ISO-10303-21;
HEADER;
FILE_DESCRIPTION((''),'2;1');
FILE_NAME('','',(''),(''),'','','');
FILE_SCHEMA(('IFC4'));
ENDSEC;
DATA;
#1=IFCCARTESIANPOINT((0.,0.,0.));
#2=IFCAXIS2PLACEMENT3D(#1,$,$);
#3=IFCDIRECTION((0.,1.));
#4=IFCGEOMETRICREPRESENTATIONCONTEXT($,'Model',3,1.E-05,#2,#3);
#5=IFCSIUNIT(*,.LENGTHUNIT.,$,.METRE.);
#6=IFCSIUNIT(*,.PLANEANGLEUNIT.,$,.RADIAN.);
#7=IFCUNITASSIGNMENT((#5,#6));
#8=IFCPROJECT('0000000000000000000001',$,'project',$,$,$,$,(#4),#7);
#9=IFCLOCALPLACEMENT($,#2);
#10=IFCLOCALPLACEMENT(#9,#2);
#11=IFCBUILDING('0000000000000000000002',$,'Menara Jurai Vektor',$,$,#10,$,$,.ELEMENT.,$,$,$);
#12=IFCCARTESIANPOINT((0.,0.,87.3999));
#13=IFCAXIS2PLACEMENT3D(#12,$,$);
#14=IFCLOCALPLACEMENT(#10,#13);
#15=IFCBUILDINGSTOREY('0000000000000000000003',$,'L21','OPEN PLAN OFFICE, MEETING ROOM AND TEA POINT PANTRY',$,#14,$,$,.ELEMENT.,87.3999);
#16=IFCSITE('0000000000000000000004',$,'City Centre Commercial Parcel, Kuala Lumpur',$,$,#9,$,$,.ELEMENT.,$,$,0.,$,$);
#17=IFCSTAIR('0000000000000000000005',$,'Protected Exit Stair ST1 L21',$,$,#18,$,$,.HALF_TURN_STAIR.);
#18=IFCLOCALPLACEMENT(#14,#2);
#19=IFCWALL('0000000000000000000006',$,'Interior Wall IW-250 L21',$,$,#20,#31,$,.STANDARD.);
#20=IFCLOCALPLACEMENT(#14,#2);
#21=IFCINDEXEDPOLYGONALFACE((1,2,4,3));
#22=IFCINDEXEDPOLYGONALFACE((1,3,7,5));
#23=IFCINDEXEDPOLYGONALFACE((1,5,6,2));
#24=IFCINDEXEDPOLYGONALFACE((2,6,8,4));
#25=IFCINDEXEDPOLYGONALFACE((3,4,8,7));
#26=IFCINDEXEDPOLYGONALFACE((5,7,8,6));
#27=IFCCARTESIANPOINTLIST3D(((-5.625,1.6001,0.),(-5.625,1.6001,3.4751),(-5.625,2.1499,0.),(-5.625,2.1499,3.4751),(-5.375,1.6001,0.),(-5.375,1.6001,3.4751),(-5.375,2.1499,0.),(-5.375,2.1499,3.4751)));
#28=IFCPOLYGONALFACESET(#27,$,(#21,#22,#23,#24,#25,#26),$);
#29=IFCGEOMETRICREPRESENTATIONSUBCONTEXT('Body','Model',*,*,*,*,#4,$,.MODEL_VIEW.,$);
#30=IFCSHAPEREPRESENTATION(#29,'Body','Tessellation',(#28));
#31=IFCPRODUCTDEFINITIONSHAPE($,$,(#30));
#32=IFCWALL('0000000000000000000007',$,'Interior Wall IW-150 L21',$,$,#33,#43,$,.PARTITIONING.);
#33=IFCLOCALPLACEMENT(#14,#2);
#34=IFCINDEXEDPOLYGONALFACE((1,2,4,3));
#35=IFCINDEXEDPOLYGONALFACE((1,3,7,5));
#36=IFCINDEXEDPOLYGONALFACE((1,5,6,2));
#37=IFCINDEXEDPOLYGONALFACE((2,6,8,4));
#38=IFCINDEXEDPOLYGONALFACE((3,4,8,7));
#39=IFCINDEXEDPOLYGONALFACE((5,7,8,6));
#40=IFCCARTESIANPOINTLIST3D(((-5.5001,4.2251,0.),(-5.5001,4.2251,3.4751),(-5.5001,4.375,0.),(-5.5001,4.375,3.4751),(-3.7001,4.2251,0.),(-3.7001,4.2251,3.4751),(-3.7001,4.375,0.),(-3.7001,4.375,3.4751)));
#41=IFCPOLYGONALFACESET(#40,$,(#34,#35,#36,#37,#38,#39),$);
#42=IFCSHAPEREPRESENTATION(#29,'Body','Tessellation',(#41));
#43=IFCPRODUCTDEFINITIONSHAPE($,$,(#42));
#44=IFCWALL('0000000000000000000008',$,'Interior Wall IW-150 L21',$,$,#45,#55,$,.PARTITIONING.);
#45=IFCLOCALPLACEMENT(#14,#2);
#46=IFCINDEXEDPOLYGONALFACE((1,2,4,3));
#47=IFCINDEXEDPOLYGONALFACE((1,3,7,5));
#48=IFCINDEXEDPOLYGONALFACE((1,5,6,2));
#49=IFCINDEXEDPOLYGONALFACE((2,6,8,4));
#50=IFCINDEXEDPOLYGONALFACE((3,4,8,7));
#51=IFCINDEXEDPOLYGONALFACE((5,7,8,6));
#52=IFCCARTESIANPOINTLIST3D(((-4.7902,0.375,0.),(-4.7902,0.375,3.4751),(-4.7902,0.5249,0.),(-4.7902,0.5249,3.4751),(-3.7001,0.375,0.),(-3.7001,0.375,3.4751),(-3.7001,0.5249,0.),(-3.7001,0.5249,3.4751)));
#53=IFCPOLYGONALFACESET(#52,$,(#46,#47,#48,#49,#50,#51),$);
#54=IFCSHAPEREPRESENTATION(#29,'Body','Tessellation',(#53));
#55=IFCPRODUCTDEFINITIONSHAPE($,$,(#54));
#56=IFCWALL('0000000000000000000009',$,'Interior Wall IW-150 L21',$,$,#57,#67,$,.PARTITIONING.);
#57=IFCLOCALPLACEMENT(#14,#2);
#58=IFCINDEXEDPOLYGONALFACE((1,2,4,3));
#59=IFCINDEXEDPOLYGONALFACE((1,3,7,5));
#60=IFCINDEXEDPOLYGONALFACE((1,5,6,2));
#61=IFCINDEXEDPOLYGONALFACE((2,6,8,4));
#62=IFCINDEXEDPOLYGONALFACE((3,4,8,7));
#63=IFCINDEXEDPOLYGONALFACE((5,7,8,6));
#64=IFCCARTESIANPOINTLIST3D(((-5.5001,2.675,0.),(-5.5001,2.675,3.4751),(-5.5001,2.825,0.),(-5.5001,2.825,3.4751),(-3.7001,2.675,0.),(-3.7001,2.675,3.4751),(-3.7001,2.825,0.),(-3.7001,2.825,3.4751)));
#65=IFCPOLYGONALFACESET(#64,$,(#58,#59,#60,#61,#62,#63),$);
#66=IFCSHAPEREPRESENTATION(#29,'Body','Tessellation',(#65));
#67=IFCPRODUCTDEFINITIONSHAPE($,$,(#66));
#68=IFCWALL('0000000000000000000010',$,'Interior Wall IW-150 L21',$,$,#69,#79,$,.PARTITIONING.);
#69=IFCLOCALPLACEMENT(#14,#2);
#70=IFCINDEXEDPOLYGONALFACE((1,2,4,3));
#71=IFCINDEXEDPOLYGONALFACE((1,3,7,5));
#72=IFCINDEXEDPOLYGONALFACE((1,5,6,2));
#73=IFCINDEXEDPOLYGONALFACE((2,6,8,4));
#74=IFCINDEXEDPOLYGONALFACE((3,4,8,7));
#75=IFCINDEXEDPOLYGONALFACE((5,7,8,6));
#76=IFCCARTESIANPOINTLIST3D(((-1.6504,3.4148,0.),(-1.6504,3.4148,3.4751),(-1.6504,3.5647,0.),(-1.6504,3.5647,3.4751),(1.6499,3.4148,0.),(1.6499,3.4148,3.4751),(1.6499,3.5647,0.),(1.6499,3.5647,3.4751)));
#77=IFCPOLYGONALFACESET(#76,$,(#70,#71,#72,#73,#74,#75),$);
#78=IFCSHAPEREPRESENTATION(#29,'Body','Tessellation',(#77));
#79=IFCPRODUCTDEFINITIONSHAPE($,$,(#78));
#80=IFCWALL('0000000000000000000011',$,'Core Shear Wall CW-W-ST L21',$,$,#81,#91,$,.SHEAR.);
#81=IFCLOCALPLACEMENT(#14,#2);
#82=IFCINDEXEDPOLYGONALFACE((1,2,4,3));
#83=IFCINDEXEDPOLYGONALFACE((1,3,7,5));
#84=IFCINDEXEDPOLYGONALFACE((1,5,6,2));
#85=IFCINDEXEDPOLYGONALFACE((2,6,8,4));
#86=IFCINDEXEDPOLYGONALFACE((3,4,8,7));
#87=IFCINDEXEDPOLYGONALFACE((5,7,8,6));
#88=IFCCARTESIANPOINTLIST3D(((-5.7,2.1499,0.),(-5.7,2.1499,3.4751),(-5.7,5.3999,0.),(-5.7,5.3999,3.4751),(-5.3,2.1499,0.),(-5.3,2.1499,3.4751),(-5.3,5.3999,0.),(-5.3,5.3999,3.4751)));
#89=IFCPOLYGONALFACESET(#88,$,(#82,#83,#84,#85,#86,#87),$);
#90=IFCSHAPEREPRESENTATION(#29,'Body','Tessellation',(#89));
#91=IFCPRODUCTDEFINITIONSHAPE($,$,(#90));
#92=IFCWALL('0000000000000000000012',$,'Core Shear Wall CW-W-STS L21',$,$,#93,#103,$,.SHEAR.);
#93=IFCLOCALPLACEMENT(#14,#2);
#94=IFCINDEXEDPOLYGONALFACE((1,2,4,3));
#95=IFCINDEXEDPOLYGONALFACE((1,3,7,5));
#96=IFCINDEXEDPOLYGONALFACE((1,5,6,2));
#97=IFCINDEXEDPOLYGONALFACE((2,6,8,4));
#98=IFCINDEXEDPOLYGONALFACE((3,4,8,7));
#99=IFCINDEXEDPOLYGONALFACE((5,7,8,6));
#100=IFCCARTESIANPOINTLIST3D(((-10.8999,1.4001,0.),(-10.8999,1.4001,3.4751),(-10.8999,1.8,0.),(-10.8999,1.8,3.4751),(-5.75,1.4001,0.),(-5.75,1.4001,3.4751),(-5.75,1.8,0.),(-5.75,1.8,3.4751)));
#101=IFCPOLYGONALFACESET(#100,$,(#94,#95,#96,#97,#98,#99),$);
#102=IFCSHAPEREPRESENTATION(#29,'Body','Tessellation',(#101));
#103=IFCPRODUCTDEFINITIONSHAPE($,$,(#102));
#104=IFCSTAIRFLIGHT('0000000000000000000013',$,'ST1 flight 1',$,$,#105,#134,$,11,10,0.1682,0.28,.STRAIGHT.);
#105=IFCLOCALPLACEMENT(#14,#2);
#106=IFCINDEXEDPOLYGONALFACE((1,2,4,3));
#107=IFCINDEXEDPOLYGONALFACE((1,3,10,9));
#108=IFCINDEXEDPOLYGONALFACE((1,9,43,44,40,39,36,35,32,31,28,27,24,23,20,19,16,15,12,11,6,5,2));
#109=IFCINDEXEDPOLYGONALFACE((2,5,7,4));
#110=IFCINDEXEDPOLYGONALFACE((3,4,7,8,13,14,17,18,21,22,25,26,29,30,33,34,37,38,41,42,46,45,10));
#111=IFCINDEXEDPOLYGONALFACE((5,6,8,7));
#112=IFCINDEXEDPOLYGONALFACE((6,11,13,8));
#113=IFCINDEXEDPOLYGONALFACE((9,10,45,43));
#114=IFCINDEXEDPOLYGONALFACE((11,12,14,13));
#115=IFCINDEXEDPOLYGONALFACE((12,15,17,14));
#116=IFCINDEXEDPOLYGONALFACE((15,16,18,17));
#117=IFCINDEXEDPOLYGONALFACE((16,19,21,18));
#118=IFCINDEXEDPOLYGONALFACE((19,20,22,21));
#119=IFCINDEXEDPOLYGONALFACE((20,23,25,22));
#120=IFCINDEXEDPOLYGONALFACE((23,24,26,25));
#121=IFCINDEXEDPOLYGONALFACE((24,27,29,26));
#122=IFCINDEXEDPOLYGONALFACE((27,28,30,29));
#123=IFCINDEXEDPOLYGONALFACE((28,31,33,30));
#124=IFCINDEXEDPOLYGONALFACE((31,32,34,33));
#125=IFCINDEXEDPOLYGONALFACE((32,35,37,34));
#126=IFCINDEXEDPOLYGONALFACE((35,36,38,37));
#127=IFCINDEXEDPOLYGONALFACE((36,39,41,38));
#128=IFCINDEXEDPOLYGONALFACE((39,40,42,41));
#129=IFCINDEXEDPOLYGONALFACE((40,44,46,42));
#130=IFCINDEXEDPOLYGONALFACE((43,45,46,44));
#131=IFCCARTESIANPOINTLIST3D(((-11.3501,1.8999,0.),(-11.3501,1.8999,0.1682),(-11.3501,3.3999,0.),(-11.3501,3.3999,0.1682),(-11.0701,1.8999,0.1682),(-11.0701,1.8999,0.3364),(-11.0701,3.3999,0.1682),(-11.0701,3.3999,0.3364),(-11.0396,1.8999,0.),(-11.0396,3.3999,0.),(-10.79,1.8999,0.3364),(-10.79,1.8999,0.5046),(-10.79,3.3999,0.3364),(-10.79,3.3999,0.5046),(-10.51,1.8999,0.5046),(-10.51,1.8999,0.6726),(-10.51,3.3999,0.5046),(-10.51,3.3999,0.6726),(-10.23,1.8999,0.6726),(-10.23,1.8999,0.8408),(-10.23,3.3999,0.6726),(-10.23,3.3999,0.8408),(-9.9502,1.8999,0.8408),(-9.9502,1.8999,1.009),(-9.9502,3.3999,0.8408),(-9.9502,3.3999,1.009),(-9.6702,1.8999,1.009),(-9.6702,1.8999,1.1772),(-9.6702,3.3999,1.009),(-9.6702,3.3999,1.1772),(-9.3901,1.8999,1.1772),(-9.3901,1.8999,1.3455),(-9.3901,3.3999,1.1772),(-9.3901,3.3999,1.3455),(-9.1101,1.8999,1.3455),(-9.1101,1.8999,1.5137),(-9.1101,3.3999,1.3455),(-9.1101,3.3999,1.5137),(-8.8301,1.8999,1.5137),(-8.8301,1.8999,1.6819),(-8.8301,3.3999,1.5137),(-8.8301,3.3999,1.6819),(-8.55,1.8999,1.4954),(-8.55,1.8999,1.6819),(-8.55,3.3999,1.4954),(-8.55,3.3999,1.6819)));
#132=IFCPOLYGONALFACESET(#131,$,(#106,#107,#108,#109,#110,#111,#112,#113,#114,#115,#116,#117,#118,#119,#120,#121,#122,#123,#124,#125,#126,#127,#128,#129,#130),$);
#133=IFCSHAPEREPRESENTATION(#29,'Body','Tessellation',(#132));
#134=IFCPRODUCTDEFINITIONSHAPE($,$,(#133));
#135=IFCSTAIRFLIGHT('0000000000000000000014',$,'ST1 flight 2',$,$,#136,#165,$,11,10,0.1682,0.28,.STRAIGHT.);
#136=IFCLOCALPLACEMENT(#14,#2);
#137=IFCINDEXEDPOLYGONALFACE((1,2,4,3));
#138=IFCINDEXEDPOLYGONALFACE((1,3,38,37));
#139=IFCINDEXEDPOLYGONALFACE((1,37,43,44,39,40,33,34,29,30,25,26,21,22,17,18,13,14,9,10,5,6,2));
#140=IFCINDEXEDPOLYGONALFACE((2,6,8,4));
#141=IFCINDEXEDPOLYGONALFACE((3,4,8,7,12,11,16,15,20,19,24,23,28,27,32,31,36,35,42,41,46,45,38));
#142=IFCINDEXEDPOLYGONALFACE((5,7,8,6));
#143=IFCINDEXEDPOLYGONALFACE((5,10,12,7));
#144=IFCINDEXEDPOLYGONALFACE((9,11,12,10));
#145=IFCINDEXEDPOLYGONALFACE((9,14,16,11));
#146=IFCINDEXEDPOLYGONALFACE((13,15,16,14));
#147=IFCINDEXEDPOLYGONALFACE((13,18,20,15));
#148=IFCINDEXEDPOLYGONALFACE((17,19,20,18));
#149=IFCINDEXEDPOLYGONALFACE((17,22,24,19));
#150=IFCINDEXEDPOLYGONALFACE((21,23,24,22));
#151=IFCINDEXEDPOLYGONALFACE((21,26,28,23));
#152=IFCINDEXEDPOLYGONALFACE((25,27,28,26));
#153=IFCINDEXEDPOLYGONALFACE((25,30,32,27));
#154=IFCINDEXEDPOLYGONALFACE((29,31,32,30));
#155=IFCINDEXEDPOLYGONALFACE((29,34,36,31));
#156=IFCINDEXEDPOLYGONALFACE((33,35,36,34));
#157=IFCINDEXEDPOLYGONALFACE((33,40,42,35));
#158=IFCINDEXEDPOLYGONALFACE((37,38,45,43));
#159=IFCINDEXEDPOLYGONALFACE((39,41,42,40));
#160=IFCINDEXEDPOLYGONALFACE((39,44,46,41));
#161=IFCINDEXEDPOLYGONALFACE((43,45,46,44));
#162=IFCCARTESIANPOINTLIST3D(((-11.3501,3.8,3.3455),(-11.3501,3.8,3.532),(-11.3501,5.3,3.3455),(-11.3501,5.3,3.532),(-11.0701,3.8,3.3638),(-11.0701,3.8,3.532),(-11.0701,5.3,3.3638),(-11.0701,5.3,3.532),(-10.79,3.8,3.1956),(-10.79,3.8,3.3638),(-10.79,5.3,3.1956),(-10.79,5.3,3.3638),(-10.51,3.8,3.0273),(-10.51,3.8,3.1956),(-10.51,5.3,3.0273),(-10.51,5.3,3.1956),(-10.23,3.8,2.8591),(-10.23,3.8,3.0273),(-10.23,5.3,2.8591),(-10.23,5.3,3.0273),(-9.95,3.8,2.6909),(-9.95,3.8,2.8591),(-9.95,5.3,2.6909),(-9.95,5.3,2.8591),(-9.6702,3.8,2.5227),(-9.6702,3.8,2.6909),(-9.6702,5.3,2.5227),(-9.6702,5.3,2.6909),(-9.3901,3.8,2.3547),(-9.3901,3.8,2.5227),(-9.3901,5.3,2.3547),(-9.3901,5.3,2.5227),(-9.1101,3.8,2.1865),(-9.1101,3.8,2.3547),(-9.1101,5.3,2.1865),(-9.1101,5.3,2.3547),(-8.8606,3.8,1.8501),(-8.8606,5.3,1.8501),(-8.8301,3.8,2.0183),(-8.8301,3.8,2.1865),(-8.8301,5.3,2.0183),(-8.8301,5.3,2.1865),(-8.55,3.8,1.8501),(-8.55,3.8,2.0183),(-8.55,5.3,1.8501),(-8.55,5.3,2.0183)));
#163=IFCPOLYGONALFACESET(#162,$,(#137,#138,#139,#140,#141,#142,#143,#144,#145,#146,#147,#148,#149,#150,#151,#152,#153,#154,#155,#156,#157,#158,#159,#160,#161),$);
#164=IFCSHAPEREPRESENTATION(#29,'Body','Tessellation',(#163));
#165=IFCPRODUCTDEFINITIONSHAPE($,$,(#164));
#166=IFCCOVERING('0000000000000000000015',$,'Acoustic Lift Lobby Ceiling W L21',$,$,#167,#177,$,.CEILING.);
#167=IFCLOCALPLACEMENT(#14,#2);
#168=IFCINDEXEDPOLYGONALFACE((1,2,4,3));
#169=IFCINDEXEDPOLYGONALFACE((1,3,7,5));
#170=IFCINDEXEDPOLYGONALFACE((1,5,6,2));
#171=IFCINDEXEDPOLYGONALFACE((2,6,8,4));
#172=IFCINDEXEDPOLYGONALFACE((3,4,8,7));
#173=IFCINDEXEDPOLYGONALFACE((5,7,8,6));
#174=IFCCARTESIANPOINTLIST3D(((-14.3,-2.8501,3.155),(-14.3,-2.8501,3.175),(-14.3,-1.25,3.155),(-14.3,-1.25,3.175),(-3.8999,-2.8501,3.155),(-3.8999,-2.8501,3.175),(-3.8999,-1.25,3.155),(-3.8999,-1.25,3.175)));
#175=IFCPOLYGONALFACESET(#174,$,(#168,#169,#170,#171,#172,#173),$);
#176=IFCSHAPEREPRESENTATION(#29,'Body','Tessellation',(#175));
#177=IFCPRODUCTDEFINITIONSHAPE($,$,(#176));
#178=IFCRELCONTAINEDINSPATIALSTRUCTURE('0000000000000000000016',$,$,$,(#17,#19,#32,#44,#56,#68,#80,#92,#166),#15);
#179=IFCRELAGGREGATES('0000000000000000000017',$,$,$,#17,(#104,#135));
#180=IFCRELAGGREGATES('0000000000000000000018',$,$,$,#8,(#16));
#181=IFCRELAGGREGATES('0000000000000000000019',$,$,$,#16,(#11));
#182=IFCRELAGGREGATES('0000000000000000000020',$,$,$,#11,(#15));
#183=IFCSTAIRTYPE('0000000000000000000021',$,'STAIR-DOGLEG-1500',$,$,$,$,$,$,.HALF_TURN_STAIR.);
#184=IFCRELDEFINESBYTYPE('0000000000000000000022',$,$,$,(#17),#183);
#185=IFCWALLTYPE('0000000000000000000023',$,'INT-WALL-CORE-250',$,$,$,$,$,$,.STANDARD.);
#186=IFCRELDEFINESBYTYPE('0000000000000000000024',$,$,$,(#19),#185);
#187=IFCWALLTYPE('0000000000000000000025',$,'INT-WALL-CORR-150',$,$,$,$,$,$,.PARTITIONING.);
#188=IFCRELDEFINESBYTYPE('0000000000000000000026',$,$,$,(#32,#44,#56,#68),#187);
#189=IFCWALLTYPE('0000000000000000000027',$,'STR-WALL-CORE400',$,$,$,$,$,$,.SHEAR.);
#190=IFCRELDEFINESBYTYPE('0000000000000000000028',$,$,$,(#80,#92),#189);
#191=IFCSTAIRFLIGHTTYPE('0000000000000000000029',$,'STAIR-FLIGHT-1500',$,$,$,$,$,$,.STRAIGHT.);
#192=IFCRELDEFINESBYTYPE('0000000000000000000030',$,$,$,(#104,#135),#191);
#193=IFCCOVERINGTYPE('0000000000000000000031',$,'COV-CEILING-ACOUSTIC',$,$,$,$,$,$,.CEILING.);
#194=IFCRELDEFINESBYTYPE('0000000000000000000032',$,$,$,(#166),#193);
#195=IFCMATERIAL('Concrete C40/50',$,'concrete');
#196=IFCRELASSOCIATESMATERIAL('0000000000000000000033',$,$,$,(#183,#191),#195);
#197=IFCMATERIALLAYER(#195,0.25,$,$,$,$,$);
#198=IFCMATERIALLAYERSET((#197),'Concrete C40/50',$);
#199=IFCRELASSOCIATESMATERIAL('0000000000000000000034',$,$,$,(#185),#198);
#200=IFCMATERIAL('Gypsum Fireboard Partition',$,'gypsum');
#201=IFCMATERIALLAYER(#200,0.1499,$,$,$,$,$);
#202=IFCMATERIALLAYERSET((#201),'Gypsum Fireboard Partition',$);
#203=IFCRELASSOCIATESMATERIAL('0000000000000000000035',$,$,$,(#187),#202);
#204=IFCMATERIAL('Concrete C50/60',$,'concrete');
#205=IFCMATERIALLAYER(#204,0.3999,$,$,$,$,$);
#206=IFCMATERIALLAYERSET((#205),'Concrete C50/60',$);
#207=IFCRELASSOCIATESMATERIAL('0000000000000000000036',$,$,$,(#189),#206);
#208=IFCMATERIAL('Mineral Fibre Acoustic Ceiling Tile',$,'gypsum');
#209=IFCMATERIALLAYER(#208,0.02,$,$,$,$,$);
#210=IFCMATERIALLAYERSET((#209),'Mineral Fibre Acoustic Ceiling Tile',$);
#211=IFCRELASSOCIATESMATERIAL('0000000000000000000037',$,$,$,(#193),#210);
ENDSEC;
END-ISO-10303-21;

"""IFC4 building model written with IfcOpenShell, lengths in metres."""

from ifc_helpers import new_model, si_unit, direction, frame, frame_2d, origin, place, context, subcontext, project, spatial, polyline, rectangle, outline, extrude, material, layer, layer_set, type_object, element, aggregate, save


model = new_model("IFC4")

# Units and contexts
model_context = context("Model", 3, precision=1e-05, world=origin(), true_north=direction((0.0, 1.0)))
body_context = subcontext(model_context, "Body", "Model", "MODEL_VIEW")
ifc_project = project(units=[si_unit("LENGTHUNIT", "METRE"), si_unit("PLANEANGLEUNIT", "RADIAN")], contexts=[model_context])

# Site, building, storey
site_placement = place(None, origin())
site = spatial("IfcSite", under=ifc_project, at=site_placement, Name="City Centre Commercial Parcel, Kuala Lumpur", CompositionType="ELEMENT", RefElevation=0.0)
building_placement = place(site_placement, origin())
building = spatial("IfcBuilding", under=site, at=building_placement, Name="Menara Jurai Vektor", CompositionType="ELEMENT")
storey_placement = place(building_placement, frame((0.0, 0.0, 87.3999)))
storey = spatial("IfcBuildingStorey", under=building, at=storey_placement, Name="L21", Description="OPEN PLAN OFFICE, MEETING ROOM AND TEA POINT PANTRY", CompositionType="ELEMENT", Elevation=87.3999)

# Shared definitions
ifc_material_1 = material(Name="Concrete C50/60", Category="concrete")

# Stair
ifc_material_2 = material(Name="Concrete C40/50", Category="concrete")
stair_type = type_object("IfcStairType", Name="STAIR-DOGLEG-1500", PredefinedType="HALF_TURN_STAIR", material=ifc_material_2)
stair_placement = place(storey_placement, origin())
stair = element("IfcStair", 1, at=stair_placement, inside=storey, type_object=stair_type, Name="Protected Exit Stair ST1 L21", PredefinedType="HALF_TURN_STAIR")

# Shared definitions
ifc_layer_1 = layer(ifc_material_2, 0.25)
ifc_layer_set_1 = layer_set([ifc_layer_1], Name="Concrete C40/50")
wall_type_1 = type_object("IfcWallType", Name="INT-WALL-CORE-250", PredefinedType="STANDARD", material=ifc_layer_set_1)

# Walls
wall_1_placement = place(storey_placement, frame((-5.5, 1.6001, 0.0), z_axis=(0.0, 0.0, 1.0), x_axis=(0.0, 1.0, 0.0)))
element("IfcWall", 2, at=wall_1_placement, inside=storey, type_object=wall_type_1, Name="Interior Wall IW-250 L21", PredefinedType="STANDARD", context=body_context, shape_type="SweptSolid", body=[
    extrude(rectangle(XDim=0.5498, YDim=0.25, at=frame_2d((0.2749, 0.0))), origin(), (0.0, 0.0, 1.0), 3.4751),
])
ifc_material_3 = material(Name="Gypsum Fireboard Partition", Category="gypsum")
ifc_layer_2 = layer(ifc_material_3, 0.1499)
ifc_layer_set_2 = layer_set([ifc_layer_2], Name="Gypsum Fireboard Partition")
wall_type_2 = type_object("IfcWallType", Name="INT-WALL-CORR-150", PredefinedType="PARTITIONING", material=ifc_layer_set_2)
wall_2_placement = place(storey_placement, frame((-5.5, 4.3, 0.0), z_axis=(0.0, 0.0, 1.0), x_axis=(1.0, 0.0, 0.0)))
element("IfcWall", 3, at=wall_2_placement, inside=storey, type_object=wall_type_2, Name="Interior Wall IW-150 L21", PredefinedType="PARTITIONING", context=body_context, shape_type="SweptSolid", body=[
    extrude(rectangle(XDim=1.8, YDim=0.1499, at=frame_2d((0.8999, 0.0))), origin(), (0.0, 0.0, 1.0), 3.4751),
])
wall_3_placement = place(storey_placement, frame((-4.79, 0.45, 0.0), z_axis=(0.0, 0.0, 1.0), x_axis=(1.0, 0.0, 0.0)))
element("IfcWall", 4, at=wall_3_placement, inside=storey, type_object=wall_type_2, Name="Interior Wall IW-150 L21", PredefinedType="PARTITIONING", context=body_context, shape_type="SweptSolid", body=[
    extrude(rectangle(XDim=1.0901, YDim=0.1499, at=frame_2d((0.5449, 0.0))), origin(), (0.0, 0.0, 1.0), 3.4751),
])
wall_4_placement = place(storey_placement, frame((-5.5, 2.75, 0.0), z_axis=(0.0, 0.0, 1.0), x_axis=(1.0, 0.0, 0.0)))
element("IfcWall", 5, at=wall_4_placement, inside=storey, type_object=wall_type_2, Name="Interior Wall IW-150 L21", PredefinedType="PARTITIONING", context=body_context, shape_type="SweptSolid", body=[
    extrude(rectangle(XDim=1.8, YDim=0.1499, at=frame_2d((0.8999, 0.0))), origin(), (0.0, 0.0, 1.0), 3.4751),
])
wall_5_placement = place(storey_placement, frame((-1.6504, 3.4897, 0.0), z_axis=(0.0, 0.0, 1.0), x_axis=(1.0, 0.0, 0.0)))
element("IfcWall", 6, at=wall_5_placement, inside=storey, type_object=wall_type_2, Name="Interior Wall IW-150 L21", PredefinedType="PARTITIONING", context=body_context, shape_type="SweptSolid", body=[
    extrude(rectangle(XDim=3.3003, YDim=0.1499, at=frame_2d((1.6501, 0.0))), origin(), (0.0, 0.0, 1.0), 3.4751),
])
ifc_layer_3 = layer(ifc_material_1, 0.3999)
ifc_layer_set_3 = layer_set([ifc_layer_3], Name="Concrete C50/60")
wall_type_3 = type_object("IfcWallType", Name="STR-WALL-CORE400", PredefinedType="SHEAR", material=ifc_layer_set_3)
wall_6_placement = place(storey_placement, frame((-5.5, 2.1499, 0.0), z_axis=(0.0, 0.0, 1.0), x_axis=(0.0, 1.0, 0.0)))
element("IfcWall", 7, at=wall_6_placement, inside=storey, type_object=wall_type_3, Name="Core Shear Wall CW-W-ST L21", PredefinedType="SHEAR", context=body_context, shape_type="SweptSolid", body=[
    extrude(rectangle(XDim=3.25, YDim=0.3999, at=frame_2d((1.625, 0.0))), origin(), (0.0, 0.0, 1.0), 3.4751),
])
wall_7_placement = place(storey_placement, frame((-10.8999, 1.6001, 0.0), z_axis=(0.0, 0.0, 1.0), x_axis=(1.0, 0.0, 0.0)))
element("IfcWall", 8, at=wall_7_placement, inside=storey, type_object=wall_type_3, Name="Core Shear Wall CW-W-STS L21", PredefinedType="SHEAR", context=body_context, shape_type="SweptSolid", body=[
    extrude(rectangle(XDim=5.1499, YDim=0.3999, at=frame_2d((2.575, 0.0))), origin(), (0.0, 0.0, 1.0), 3.4751),
])

# Stair flights
stair_flight_type = type_object("IfcStairFlightType", Name="STAIR-FLIGHT-1500", PredefinedType="STRAIGHT", material=ifc_material_2)
stair_flight_1_placement = place(storey_placement, frame((-11.3501, 2.6499, 0.0), z_axis=(0.0, 0.0, 1.0), x_axis=(1.0, 0.0, 0.0)))
stair_flight_1 = element("IfcStairFlight", 9, at=stair_flight_1_placement, type_object=stair_flight_type, Name="ST1 flight 1", NumberOfRisers=11, NumberOfTreads=10, PredefinedType="STRAIGHT", RiserHeight=0.1682, TreadLength=0.28, context=body_context, shape_type="SweptSolid", body=[
    extrude(outline(polyline([(0.0, 0.0), (0.0, 0.1682), (0.28, 0.1682), (0.28, 0.3364), (0.5601, 0.3364), (0.5601, 0.5046), (0.8401, 0.5046), (0.8401, 0.6726), (1.1201, 0.6726), (1.1201, 0.8408), (1.3999, 0.8408), (1.3999, 1.009), (1.6799, 1.009), (1.6799, 1.1772), (1.96, 1.1772), (1.96, 1.3455), (2.24, 1.3455), (2.24, 1.5137), (2.52, 1.5137), (2.52, 1.6819), (2.8, 1.6819), (2.8, 1.8501), (2.8, 1.4954), (0.3105, 0.0), (0.0, 0.0)])), frame((0.0, 0.75, 0.0), z_axis=(0.0, -1.0, 0.0), x_axis=(1.0, 0.0, 0.0)), (0.0, 0.0, 1.0), 1.5),
])
stair_flight_2_placement = place(storey_placement, frame((-8.55, 4.55, 1.8501), z_axis=(0.0, 0.0, 1.0), x_axis=(-1.0, 0.0, 0.0)))
stair_flight_2 = element("IfcStairFlight", 10, at=stair_flight_2_placement, type_object=stair_flight_type, Name="ST1 flight 2", NumberOfRisers=11, NumberOfTreads=10, PredefinedType="STRAIGHT", RiserHeight=0.1682, TreadLength=0.28, context=body_context, shape_type="SweptSolid", body=[
    extrude(outline(polyline([(0.0, 0.0), (0.0, 0.1682), (0.28, 0.1682), (0.28, 0.3364), (0.5601, 0.3364), (0.5601, 0.5046), (0.8401, 0.5046), (0.8401, 0.6726), (1.1201, 0.6726), (1.1201, 0.8408), (1.3999, 0.8408), (1.3999, 1.009), (1.6799, 1.009), (1.6799, 1.1772), (1.96, 1.1772), (1.96, 1.3455), (2.24, 1.3455), (2.24, 1.5137), (2.52, 1.5137), (2.52, 1.6819), (2.8, 1.6819), (2.8, 1.8501), (2.8, 1.4954), (0.3105, 0.0), (0.0, 0.0)])), frame((0.0, 0.75, 0.0), z_axis=(0.0, -1.0, 0.0), x_axis=(1.0, 0.0, 0.0)), (0.0, 0.0, 1.0), 1.5),
])
aggregate(stair, [stair_flight_1, stair_flight_2])

# Covering
ifc_material_4 = material(Name="Mineral Fibre Acoustic Ceiling Tile", Category="gypsum")
ifc_layer_4 = layer(ifc_material_4, 0.02)
ifc_layer_set_4 = layer_set([ifc_layer_4], Name="Mineral Fibre Acoustic Ceiling Tile")
covering_type_1 = type_object("IfcCoveringType", Name="COV-CEILING-ACOUSTIC", PredefinedType="CEILING", material=ifc_layer_set_4)
covering_1_placement = place(storey_placement, frame((0.0, 0.0, 3.155)))
element("IfcCovering", 11, at=covering_1_placement, inside=storey, type_object=covering_type_1, Name="Acoustic Lift Lobby Ceiling W L21", PredefinedType="CEILING", context=body_context, shape_type="SweptSolid", body=[
    extrude(outline(polyline([(-14.3, -2.8501), (-3.8999, -2.8501), (-3.8999, -1.25), (-14.3, -1.25), (-14.3, -2.8501)])), origin(), (0.0, 0.0, 1.0), 0.02),
])

save(model, "model.ifc")
